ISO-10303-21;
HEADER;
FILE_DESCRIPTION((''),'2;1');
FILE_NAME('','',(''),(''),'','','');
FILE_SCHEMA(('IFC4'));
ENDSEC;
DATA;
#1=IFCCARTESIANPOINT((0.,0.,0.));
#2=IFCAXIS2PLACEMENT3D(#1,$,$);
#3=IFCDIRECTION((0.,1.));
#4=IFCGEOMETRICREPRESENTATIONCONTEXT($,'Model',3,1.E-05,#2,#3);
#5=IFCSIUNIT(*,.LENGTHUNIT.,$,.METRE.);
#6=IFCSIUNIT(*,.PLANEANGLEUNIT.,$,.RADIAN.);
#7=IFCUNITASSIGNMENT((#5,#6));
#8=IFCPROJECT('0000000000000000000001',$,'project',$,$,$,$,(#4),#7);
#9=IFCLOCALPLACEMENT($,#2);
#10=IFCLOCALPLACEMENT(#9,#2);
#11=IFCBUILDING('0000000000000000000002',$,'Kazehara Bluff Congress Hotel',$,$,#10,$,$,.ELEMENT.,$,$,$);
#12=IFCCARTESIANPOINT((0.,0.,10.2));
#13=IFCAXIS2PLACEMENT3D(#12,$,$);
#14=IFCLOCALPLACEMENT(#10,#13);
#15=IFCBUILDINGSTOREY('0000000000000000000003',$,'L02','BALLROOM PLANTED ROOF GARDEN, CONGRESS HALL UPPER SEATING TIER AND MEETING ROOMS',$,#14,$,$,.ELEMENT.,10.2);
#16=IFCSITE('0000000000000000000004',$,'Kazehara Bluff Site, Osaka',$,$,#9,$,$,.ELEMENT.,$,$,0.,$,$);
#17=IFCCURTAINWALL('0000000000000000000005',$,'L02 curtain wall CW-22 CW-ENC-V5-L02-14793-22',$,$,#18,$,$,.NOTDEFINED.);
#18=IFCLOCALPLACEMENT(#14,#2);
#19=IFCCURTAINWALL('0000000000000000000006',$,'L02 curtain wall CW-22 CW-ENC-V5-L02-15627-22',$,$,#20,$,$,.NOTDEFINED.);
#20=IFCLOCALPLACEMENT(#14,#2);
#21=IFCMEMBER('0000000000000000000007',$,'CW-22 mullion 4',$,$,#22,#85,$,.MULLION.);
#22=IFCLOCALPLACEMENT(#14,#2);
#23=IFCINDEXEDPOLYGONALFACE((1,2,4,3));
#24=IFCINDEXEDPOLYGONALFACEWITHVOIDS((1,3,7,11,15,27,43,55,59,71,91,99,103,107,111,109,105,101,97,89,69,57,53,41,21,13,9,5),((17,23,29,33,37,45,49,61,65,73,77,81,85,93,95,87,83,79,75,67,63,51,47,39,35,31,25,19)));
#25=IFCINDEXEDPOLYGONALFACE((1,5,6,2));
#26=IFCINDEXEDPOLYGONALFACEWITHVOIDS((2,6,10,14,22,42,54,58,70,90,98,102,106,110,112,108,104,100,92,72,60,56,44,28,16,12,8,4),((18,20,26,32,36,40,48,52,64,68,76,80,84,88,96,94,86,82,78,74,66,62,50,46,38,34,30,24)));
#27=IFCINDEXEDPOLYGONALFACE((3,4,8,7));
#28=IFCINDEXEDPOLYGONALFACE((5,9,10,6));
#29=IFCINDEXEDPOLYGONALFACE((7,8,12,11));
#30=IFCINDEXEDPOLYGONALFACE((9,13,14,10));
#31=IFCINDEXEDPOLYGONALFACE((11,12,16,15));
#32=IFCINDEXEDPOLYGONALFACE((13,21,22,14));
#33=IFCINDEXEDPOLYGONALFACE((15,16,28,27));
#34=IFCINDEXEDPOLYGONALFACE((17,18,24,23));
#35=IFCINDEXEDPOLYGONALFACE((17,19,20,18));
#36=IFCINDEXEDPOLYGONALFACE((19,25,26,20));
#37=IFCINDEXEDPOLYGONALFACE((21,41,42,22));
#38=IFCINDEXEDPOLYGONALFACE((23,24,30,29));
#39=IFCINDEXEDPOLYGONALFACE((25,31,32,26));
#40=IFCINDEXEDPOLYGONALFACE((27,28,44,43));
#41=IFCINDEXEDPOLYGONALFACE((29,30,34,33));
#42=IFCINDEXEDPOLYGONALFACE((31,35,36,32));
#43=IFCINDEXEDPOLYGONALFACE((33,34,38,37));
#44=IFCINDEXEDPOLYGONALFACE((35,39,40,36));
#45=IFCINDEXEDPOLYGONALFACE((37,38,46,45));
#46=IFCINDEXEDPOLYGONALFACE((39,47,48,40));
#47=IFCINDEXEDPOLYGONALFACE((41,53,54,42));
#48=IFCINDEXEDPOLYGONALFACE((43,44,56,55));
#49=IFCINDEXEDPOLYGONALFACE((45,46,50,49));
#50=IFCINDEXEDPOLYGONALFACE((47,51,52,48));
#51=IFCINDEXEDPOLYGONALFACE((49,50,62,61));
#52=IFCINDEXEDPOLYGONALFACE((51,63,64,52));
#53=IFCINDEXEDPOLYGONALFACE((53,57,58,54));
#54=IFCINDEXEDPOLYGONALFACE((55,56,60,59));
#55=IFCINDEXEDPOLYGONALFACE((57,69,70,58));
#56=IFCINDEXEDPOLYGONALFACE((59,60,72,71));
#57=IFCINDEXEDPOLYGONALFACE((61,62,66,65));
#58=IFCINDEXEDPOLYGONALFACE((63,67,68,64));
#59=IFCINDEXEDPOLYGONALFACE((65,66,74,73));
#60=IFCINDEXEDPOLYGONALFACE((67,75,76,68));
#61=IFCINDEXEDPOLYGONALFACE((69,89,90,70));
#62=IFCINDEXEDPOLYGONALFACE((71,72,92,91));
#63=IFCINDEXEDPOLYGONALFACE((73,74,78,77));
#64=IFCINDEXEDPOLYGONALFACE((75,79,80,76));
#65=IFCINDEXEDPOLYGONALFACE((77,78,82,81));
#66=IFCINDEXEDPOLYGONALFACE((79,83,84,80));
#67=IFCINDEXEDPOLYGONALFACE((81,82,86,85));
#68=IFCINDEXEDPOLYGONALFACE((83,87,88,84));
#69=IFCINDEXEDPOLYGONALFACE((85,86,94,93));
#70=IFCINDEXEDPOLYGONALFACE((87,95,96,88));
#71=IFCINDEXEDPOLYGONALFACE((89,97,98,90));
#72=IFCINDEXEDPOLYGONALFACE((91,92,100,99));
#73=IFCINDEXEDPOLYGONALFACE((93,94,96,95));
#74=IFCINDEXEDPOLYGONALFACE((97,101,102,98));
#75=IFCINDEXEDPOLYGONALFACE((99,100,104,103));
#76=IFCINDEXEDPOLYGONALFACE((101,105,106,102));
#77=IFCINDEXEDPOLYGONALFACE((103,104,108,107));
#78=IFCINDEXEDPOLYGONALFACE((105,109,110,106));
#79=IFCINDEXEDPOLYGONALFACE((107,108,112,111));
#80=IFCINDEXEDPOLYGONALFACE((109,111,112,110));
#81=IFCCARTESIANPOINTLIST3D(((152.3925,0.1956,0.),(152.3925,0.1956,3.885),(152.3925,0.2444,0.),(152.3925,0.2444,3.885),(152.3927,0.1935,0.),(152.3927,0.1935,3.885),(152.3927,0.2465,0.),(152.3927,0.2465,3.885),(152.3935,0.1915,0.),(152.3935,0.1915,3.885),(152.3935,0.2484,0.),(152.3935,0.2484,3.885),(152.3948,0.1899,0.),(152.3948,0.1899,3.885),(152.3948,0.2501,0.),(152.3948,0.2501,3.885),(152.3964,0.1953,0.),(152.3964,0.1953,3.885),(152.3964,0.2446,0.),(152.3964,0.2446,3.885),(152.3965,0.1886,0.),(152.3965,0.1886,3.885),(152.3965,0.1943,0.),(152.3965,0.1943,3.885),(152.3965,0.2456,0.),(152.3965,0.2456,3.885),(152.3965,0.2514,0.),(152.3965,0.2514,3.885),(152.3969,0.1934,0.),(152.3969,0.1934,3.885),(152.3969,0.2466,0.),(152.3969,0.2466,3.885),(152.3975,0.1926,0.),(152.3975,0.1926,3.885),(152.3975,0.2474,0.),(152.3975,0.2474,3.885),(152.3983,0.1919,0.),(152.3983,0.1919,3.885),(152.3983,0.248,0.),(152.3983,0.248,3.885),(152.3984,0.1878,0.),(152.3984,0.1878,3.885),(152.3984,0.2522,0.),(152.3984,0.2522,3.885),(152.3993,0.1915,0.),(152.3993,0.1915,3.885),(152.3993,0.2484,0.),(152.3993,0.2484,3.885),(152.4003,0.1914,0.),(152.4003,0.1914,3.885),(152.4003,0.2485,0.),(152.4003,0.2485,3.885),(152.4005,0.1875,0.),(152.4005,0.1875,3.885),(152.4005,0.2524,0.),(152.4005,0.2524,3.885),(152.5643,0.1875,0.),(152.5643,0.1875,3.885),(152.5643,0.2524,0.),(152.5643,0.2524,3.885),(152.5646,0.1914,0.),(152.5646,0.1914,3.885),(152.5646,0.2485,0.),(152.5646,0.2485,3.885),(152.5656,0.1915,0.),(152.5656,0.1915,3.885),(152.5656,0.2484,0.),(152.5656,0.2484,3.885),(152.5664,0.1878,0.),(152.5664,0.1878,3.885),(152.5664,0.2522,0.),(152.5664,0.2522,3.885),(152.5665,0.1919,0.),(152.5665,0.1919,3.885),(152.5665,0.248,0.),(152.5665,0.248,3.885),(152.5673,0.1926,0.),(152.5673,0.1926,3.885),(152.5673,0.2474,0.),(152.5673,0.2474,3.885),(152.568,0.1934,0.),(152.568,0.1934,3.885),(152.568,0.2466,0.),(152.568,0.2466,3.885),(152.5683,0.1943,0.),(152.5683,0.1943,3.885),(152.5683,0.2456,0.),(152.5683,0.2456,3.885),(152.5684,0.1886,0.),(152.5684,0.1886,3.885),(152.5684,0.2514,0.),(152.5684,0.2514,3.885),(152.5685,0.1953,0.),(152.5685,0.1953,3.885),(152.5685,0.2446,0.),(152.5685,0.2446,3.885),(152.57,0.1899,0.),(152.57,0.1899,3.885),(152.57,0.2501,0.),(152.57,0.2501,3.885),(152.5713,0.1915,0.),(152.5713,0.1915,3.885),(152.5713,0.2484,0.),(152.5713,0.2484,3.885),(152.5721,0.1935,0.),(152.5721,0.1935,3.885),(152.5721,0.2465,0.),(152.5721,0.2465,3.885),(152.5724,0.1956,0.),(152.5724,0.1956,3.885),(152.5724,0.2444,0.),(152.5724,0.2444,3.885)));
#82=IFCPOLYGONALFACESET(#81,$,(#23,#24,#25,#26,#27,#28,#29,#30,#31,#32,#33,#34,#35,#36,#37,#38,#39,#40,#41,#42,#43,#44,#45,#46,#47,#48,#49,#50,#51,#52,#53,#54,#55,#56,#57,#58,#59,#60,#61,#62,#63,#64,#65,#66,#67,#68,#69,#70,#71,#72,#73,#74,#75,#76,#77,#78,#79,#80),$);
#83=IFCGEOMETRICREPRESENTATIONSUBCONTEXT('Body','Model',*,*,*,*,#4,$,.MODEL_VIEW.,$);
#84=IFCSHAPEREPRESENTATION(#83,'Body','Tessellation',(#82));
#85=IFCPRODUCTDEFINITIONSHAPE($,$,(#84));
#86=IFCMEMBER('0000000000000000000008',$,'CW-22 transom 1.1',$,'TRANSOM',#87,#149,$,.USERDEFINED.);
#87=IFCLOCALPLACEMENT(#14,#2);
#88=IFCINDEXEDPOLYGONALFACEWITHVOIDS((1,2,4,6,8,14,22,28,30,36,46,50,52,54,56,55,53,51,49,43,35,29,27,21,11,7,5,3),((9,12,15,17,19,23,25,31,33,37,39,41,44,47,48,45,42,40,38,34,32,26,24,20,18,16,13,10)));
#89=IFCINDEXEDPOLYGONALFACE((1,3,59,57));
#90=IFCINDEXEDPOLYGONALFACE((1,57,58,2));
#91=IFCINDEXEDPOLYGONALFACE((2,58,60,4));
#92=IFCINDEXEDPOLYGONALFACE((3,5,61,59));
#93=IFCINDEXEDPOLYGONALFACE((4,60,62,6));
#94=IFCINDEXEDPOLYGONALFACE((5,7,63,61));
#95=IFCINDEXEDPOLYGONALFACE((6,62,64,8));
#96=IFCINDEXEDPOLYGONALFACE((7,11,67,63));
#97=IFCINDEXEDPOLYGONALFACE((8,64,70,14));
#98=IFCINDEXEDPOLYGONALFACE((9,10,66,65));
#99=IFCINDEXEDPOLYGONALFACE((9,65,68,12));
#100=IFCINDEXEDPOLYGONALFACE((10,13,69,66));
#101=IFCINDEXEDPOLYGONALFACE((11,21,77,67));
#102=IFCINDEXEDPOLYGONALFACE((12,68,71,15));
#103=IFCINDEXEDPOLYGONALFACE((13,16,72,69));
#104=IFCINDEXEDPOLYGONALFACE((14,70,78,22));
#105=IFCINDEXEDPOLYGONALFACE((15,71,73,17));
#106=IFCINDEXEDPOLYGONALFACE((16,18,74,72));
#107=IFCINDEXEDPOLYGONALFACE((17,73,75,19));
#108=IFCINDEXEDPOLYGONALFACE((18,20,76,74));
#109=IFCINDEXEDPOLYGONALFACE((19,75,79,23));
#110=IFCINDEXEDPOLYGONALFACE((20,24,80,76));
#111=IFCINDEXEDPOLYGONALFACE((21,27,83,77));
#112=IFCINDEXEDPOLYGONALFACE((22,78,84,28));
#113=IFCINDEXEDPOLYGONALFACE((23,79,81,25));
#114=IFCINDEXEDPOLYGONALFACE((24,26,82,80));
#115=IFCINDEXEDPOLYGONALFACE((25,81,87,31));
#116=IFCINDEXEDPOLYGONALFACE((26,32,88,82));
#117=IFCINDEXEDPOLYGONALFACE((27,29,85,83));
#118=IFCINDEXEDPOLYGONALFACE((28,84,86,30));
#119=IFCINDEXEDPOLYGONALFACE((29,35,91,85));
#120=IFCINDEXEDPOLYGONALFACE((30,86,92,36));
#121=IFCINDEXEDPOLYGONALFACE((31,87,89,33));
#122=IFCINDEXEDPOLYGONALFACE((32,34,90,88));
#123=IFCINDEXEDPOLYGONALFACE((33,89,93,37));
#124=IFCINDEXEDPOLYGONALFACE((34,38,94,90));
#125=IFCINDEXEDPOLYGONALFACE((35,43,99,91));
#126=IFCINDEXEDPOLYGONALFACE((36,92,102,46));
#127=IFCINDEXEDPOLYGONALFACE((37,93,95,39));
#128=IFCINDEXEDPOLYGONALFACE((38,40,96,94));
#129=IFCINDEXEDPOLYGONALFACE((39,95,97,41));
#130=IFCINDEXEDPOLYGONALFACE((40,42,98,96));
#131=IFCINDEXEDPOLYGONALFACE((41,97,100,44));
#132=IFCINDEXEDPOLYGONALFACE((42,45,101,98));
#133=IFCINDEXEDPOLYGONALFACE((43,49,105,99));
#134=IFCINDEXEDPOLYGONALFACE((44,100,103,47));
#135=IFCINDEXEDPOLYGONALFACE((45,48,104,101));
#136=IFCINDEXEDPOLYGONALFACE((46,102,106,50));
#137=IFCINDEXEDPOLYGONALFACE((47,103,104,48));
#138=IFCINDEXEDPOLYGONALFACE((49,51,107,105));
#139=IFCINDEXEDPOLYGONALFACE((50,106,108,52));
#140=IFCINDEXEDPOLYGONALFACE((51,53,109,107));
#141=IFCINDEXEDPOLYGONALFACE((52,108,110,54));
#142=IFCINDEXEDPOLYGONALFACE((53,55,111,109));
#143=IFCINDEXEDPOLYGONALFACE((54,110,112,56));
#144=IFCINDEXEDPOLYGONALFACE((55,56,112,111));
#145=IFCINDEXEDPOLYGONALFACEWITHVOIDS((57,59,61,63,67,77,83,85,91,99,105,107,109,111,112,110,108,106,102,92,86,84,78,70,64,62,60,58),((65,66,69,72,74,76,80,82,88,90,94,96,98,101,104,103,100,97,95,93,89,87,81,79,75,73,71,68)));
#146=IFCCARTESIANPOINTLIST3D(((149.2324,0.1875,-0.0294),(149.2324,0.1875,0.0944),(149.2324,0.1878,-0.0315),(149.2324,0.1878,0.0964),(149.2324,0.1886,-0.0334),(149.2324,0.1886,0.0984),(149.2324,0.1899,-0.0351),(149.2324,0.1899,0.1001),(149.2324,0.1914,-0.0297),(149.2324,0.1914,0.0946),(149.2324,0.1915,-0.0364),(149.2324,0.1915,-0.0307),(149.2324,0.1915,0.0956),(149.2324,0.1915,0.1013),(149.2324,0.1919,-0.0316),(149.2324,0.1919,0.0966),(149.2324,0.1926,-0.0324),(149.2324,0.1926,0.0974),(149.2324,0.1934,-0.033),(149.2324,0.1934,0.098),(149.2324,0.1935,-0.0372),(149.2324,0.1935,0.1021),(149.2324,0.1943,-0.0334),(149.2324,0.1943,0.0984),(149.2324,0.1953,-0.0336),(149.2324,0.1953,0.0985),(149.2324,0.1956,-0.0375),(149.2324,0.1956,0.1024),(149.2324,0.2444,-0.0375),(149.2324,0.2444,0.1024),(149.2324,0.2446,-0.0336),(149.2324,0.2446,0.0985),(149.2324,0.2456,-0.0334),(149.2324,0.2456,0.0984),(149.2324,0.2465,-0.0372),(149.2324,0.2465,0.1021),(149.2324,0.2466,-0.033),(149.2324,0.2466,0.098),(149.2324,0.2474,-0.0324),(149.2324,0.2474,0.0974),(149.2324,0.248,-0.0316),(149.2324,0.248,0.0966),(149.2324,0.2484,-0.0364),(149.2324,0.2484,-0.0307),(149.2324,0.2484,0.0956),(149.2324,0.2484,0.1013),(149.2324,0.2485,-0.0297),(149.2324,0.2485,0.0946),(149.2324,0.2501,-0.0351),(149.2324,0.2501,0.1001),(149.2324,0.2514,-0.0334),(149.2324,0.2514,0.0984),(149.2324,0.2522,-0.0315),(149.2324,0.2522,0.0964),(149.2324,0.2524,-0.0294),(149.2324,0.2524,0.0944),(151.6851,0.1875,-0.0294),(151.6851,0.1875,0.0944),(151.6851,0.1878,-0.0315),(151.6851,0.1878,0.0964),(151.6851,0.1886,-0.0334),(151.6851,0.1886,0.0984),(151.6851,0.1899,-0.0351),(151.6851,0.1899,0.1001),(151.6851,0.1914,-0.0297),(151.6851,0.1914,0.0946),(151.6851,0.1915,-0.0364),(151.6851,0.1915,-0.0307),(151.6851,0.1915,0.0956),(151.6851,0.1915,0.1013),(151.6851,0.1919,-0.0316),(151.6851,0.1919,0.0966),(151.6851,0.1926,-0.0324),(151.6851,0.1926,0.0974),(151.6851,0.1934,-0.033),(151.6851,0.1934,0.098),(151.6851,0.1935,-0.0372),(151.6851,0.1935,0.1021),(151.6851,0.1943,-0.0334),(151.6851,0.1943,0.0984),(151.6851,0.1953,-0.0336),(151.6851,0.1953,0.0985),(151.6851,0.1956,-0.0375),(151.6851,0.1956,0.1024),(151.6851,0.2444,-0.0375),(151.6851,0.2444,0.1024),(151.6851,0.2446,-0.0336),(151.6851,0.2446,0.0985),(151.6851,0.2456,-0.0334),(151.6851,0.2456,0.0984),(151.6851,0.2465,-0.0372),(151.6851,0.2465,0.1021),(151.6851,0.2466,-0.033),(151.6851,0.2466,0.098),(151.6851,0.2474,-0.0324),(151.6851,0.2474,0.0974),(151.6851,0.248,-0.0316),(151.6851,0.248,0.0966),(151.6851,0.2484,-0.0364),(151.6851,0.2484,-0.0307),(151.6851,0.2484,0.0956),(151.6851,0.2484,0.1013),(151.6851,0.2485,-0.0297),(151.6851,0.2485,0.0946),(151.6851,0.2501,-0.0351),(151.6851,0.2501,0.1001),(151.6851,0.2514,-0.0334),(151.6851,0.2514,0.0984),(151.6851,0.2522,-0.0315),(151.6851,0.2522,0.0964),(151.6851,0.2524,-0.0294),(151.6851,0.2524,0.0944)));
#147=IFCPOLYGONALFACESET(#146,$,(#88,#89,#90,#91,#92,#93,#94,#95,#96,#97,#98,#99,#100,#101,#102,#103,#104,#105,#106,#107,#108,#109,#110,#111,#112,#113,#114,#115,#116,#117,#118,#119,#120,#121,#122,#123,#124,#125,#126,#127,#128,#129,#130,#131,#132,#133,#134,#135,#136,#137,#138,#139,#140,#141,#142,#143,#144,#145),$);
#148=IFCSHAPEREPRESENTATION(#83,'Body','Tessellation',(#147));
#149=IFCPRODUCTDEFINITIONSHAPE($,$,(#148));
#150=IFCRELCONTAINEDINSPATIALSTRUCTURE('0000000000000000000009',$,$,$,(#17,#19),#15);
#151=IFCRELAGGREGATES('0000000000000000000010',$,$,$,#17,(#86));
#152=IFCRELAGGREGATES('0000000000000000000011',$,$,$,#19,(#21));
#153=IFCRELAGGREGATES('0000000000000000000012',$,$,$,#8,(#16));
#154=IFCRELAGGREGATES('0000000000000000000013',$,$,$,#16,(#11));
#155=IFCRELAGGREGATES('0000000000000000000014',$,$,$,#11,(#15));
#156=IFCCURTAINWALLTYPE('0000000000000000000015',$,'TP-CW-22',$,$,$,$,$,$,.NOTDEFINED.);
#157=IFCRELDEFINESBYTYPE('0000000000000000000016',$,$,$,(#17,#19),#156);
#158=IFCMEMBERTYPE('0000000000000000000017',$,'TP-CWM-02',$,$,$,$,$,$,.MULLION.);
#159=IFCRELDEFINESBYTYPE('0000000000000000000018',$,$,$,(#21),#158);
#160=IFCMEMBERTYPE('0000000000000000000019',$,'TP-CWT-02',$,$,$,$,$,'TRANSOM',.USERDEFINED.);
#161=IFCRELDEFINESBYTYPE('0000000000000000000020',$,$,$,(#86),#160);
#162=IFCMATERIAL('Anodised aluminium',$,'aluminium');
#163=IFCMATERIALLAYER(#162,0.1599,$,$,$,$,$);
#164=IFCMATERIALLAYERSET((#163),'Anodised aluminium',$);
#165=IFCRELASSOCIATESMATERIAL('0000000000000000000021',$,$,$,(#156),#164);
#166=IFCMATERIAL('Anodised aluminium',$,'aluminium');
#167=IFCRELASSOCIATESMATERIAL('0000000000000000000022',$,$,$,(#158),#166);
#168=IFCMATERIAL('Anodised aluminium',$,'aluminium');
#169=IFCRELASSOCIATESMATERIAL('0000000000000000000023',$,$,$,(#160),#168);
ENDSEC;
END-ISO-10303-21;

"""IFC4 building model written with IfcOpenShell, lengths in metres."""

from ifc_helpers import new_model, si_unit, direction, frame, origin, origin_2d, place, context, subcontext, project, spatial, hollow_rectangle, extrude, material, layer, layer_set, material_profile, profile_set, type_object, element, aggregate, save


model = new_model("IFC4")

# Units and contexts
model_context = context("Model", 3, precision=1e-05, world=origin(), true_north=direction((0.0, 1.0)))
body_context = subcontext(model_context, "Body", "Model", "MODEL_VIEW")
ifc_project = project(units=[si_unit("LENGTHUNIT", "METRE"), si_unit("PLANEANGLEUNIT", "RADIAN")], contexts=[model_context])

# Site, building, storey
site_placement = place(None, origin())
site = spatial("IfcSite", under=ifc_project, at=site_placement, Name="Kazehara Bluff Site, Osaka", CompositionType="ELEMENT", RefElevation=0.0)
building_placement = place(site_placement, origin())
building = spatial("IfcBuilding", under=site, at=building_placement, Name="Kazehara Bluff Congress Hotel", CompositionType="ELEMENT")
storey_placement = place(building_placement, frame((0.0, 0.0, 10.2)))
storey = spatial("IfcBuildingStorey", under=building, at=storey_placement, Name="L02", Description="BALLROOM PLANTED ROOF GARDEN, CONGRESS HALL UPPER SEATING TIER AND MEETING ROOMS", CompositionType="ELEMENT", Elevation=10.2)

# Curtain wall
ifc_material_1 = material(Name="Anodised aluminium", Category="aluminium")
ifc_layer_1 = layer(ifc_material_1, 0.1599)
ifc_layer_set_1 = layer_set([ifc_layer_1], Name="Anodised aluminium")
curtain_wall_type = type_object("IfcCurtainWallType", Name="TP-CW-22", PredefinedType="NOTDEFINED", material=ifc_layer_set_1)
curtain_wall_1_placement = place(storey_placement, origin())
curtain_wall_1 = element("IfcCurtainWall", 1, at=curtain_wall_1_placement, inside=storey, type_object=curtain_wall_type, Name="L02 curtain wall CW-22 CW-ENC-V5-L02-14793-22", PredefinedType="NOTDEFINED")
ifc_material_2 = material(Name="Anodised aluminium", Category="aluminium")
ifc_material_profile_1 = material_profile(ifc_material_2, hollow_rectangle(XDim=0.0649, YDim=0.1799, WallThickness=0.0039, InnerFilletRadius=0.0039, OuterFilletRadius=0.0081, at=origin_2d()))
ifc_profile_set_1 = profile_set([ifc_material_profile_1], Name="Anodised aluminium")
member_type_1 = type_object("IfcMemberType", Name="TP-CWM-02", PredefinedType="MULLION", material=ifc_profile_set_1)

# Curtain wall, member
curtain_wall_2_placement = place(storey_placement, origin())
curtain_wall_2 = element("IfcCurtainWall", 2, at=curtain_wall_2_placement, inside=storey, type_object=curtain_wall_type, Name="L02 curtain wall CW-22 CW-ENC-V5-L02-15627-22", PredefinedType="NOTDEFINED")
member_1_placement = place(storey_placement, frame((152.4824, 0.22, 0.0), z_axis=(0.0, 0.0, 1.0), x_axis=(0.0, -1.0, 0.0)))
member_1 = element("IfcMember", 3, at=member_1_placement, type_object=member_type_1, Name="CW-22 mullion 4", PredefinedType="MULLION", context=body_context, shape_type="SweptSolid", body=[
    extrude(hollow_rectangle(XDim=0.0649, YDim=0.1799, WallThickness=0.0039, InnerFilletRadius=0.0039, OuterFilletRadius=0.0081, at=origin_2d()), origin(), (0.0, 0.0, 1.0), 3.885),
])

# Member
ifc_material_3 = material(Name="Anodised aluminium", Category="aluminium")
ifc_material_profile_2 = material_profile(ifc_material_3, hollow_rectangle(XDim=0.0649, YDim=0.1399, WallThickness=0.0039, InnerFilletRadius=0.0039, OuterFilletRadius=0.0081, at=origin_2d()))
ifc_profile_set_2 = profile_set([ifc_material_profile_2], Name="Anodised aluminium")
member_type_2 = type_object("IfcMemberType", Name="TP-CWT-02", ElementType="TRANSOM", PredefinedType="USERDEFINED", material=ifc_profile_set_2)
member_2_placement = place(storey_placement, frame((151.6851, 0.22, 0.0325), z_axis=(-1.0, 0.0, 0.0), x_axis=(0.0, -1.0, 0.0)))
member_2 = element("IfcMember", 4, at=member_2_placement, type_object=member_type_2, Name="CW-22 transom 1.1", ObjectType="TRANSOM", PredefinedType="USERDEFINED", context=body_context, shape_type="SweptSolid", body=[
    extrude(hollow_rectangle(XDim=0.0649, YDim=0.1399, WallThickness=0.0039, InnerFilletRadius=0.0039, OuterFilletRadius=0.0081, at=origin_2d()), origin(), (0.0, 0.0, 1.0), 2.4526),
])
aggregate(curtain_wall_1, [member_2])

aggregate(curtain_wall_2, [member_1])

save(model, "model.ifc")
